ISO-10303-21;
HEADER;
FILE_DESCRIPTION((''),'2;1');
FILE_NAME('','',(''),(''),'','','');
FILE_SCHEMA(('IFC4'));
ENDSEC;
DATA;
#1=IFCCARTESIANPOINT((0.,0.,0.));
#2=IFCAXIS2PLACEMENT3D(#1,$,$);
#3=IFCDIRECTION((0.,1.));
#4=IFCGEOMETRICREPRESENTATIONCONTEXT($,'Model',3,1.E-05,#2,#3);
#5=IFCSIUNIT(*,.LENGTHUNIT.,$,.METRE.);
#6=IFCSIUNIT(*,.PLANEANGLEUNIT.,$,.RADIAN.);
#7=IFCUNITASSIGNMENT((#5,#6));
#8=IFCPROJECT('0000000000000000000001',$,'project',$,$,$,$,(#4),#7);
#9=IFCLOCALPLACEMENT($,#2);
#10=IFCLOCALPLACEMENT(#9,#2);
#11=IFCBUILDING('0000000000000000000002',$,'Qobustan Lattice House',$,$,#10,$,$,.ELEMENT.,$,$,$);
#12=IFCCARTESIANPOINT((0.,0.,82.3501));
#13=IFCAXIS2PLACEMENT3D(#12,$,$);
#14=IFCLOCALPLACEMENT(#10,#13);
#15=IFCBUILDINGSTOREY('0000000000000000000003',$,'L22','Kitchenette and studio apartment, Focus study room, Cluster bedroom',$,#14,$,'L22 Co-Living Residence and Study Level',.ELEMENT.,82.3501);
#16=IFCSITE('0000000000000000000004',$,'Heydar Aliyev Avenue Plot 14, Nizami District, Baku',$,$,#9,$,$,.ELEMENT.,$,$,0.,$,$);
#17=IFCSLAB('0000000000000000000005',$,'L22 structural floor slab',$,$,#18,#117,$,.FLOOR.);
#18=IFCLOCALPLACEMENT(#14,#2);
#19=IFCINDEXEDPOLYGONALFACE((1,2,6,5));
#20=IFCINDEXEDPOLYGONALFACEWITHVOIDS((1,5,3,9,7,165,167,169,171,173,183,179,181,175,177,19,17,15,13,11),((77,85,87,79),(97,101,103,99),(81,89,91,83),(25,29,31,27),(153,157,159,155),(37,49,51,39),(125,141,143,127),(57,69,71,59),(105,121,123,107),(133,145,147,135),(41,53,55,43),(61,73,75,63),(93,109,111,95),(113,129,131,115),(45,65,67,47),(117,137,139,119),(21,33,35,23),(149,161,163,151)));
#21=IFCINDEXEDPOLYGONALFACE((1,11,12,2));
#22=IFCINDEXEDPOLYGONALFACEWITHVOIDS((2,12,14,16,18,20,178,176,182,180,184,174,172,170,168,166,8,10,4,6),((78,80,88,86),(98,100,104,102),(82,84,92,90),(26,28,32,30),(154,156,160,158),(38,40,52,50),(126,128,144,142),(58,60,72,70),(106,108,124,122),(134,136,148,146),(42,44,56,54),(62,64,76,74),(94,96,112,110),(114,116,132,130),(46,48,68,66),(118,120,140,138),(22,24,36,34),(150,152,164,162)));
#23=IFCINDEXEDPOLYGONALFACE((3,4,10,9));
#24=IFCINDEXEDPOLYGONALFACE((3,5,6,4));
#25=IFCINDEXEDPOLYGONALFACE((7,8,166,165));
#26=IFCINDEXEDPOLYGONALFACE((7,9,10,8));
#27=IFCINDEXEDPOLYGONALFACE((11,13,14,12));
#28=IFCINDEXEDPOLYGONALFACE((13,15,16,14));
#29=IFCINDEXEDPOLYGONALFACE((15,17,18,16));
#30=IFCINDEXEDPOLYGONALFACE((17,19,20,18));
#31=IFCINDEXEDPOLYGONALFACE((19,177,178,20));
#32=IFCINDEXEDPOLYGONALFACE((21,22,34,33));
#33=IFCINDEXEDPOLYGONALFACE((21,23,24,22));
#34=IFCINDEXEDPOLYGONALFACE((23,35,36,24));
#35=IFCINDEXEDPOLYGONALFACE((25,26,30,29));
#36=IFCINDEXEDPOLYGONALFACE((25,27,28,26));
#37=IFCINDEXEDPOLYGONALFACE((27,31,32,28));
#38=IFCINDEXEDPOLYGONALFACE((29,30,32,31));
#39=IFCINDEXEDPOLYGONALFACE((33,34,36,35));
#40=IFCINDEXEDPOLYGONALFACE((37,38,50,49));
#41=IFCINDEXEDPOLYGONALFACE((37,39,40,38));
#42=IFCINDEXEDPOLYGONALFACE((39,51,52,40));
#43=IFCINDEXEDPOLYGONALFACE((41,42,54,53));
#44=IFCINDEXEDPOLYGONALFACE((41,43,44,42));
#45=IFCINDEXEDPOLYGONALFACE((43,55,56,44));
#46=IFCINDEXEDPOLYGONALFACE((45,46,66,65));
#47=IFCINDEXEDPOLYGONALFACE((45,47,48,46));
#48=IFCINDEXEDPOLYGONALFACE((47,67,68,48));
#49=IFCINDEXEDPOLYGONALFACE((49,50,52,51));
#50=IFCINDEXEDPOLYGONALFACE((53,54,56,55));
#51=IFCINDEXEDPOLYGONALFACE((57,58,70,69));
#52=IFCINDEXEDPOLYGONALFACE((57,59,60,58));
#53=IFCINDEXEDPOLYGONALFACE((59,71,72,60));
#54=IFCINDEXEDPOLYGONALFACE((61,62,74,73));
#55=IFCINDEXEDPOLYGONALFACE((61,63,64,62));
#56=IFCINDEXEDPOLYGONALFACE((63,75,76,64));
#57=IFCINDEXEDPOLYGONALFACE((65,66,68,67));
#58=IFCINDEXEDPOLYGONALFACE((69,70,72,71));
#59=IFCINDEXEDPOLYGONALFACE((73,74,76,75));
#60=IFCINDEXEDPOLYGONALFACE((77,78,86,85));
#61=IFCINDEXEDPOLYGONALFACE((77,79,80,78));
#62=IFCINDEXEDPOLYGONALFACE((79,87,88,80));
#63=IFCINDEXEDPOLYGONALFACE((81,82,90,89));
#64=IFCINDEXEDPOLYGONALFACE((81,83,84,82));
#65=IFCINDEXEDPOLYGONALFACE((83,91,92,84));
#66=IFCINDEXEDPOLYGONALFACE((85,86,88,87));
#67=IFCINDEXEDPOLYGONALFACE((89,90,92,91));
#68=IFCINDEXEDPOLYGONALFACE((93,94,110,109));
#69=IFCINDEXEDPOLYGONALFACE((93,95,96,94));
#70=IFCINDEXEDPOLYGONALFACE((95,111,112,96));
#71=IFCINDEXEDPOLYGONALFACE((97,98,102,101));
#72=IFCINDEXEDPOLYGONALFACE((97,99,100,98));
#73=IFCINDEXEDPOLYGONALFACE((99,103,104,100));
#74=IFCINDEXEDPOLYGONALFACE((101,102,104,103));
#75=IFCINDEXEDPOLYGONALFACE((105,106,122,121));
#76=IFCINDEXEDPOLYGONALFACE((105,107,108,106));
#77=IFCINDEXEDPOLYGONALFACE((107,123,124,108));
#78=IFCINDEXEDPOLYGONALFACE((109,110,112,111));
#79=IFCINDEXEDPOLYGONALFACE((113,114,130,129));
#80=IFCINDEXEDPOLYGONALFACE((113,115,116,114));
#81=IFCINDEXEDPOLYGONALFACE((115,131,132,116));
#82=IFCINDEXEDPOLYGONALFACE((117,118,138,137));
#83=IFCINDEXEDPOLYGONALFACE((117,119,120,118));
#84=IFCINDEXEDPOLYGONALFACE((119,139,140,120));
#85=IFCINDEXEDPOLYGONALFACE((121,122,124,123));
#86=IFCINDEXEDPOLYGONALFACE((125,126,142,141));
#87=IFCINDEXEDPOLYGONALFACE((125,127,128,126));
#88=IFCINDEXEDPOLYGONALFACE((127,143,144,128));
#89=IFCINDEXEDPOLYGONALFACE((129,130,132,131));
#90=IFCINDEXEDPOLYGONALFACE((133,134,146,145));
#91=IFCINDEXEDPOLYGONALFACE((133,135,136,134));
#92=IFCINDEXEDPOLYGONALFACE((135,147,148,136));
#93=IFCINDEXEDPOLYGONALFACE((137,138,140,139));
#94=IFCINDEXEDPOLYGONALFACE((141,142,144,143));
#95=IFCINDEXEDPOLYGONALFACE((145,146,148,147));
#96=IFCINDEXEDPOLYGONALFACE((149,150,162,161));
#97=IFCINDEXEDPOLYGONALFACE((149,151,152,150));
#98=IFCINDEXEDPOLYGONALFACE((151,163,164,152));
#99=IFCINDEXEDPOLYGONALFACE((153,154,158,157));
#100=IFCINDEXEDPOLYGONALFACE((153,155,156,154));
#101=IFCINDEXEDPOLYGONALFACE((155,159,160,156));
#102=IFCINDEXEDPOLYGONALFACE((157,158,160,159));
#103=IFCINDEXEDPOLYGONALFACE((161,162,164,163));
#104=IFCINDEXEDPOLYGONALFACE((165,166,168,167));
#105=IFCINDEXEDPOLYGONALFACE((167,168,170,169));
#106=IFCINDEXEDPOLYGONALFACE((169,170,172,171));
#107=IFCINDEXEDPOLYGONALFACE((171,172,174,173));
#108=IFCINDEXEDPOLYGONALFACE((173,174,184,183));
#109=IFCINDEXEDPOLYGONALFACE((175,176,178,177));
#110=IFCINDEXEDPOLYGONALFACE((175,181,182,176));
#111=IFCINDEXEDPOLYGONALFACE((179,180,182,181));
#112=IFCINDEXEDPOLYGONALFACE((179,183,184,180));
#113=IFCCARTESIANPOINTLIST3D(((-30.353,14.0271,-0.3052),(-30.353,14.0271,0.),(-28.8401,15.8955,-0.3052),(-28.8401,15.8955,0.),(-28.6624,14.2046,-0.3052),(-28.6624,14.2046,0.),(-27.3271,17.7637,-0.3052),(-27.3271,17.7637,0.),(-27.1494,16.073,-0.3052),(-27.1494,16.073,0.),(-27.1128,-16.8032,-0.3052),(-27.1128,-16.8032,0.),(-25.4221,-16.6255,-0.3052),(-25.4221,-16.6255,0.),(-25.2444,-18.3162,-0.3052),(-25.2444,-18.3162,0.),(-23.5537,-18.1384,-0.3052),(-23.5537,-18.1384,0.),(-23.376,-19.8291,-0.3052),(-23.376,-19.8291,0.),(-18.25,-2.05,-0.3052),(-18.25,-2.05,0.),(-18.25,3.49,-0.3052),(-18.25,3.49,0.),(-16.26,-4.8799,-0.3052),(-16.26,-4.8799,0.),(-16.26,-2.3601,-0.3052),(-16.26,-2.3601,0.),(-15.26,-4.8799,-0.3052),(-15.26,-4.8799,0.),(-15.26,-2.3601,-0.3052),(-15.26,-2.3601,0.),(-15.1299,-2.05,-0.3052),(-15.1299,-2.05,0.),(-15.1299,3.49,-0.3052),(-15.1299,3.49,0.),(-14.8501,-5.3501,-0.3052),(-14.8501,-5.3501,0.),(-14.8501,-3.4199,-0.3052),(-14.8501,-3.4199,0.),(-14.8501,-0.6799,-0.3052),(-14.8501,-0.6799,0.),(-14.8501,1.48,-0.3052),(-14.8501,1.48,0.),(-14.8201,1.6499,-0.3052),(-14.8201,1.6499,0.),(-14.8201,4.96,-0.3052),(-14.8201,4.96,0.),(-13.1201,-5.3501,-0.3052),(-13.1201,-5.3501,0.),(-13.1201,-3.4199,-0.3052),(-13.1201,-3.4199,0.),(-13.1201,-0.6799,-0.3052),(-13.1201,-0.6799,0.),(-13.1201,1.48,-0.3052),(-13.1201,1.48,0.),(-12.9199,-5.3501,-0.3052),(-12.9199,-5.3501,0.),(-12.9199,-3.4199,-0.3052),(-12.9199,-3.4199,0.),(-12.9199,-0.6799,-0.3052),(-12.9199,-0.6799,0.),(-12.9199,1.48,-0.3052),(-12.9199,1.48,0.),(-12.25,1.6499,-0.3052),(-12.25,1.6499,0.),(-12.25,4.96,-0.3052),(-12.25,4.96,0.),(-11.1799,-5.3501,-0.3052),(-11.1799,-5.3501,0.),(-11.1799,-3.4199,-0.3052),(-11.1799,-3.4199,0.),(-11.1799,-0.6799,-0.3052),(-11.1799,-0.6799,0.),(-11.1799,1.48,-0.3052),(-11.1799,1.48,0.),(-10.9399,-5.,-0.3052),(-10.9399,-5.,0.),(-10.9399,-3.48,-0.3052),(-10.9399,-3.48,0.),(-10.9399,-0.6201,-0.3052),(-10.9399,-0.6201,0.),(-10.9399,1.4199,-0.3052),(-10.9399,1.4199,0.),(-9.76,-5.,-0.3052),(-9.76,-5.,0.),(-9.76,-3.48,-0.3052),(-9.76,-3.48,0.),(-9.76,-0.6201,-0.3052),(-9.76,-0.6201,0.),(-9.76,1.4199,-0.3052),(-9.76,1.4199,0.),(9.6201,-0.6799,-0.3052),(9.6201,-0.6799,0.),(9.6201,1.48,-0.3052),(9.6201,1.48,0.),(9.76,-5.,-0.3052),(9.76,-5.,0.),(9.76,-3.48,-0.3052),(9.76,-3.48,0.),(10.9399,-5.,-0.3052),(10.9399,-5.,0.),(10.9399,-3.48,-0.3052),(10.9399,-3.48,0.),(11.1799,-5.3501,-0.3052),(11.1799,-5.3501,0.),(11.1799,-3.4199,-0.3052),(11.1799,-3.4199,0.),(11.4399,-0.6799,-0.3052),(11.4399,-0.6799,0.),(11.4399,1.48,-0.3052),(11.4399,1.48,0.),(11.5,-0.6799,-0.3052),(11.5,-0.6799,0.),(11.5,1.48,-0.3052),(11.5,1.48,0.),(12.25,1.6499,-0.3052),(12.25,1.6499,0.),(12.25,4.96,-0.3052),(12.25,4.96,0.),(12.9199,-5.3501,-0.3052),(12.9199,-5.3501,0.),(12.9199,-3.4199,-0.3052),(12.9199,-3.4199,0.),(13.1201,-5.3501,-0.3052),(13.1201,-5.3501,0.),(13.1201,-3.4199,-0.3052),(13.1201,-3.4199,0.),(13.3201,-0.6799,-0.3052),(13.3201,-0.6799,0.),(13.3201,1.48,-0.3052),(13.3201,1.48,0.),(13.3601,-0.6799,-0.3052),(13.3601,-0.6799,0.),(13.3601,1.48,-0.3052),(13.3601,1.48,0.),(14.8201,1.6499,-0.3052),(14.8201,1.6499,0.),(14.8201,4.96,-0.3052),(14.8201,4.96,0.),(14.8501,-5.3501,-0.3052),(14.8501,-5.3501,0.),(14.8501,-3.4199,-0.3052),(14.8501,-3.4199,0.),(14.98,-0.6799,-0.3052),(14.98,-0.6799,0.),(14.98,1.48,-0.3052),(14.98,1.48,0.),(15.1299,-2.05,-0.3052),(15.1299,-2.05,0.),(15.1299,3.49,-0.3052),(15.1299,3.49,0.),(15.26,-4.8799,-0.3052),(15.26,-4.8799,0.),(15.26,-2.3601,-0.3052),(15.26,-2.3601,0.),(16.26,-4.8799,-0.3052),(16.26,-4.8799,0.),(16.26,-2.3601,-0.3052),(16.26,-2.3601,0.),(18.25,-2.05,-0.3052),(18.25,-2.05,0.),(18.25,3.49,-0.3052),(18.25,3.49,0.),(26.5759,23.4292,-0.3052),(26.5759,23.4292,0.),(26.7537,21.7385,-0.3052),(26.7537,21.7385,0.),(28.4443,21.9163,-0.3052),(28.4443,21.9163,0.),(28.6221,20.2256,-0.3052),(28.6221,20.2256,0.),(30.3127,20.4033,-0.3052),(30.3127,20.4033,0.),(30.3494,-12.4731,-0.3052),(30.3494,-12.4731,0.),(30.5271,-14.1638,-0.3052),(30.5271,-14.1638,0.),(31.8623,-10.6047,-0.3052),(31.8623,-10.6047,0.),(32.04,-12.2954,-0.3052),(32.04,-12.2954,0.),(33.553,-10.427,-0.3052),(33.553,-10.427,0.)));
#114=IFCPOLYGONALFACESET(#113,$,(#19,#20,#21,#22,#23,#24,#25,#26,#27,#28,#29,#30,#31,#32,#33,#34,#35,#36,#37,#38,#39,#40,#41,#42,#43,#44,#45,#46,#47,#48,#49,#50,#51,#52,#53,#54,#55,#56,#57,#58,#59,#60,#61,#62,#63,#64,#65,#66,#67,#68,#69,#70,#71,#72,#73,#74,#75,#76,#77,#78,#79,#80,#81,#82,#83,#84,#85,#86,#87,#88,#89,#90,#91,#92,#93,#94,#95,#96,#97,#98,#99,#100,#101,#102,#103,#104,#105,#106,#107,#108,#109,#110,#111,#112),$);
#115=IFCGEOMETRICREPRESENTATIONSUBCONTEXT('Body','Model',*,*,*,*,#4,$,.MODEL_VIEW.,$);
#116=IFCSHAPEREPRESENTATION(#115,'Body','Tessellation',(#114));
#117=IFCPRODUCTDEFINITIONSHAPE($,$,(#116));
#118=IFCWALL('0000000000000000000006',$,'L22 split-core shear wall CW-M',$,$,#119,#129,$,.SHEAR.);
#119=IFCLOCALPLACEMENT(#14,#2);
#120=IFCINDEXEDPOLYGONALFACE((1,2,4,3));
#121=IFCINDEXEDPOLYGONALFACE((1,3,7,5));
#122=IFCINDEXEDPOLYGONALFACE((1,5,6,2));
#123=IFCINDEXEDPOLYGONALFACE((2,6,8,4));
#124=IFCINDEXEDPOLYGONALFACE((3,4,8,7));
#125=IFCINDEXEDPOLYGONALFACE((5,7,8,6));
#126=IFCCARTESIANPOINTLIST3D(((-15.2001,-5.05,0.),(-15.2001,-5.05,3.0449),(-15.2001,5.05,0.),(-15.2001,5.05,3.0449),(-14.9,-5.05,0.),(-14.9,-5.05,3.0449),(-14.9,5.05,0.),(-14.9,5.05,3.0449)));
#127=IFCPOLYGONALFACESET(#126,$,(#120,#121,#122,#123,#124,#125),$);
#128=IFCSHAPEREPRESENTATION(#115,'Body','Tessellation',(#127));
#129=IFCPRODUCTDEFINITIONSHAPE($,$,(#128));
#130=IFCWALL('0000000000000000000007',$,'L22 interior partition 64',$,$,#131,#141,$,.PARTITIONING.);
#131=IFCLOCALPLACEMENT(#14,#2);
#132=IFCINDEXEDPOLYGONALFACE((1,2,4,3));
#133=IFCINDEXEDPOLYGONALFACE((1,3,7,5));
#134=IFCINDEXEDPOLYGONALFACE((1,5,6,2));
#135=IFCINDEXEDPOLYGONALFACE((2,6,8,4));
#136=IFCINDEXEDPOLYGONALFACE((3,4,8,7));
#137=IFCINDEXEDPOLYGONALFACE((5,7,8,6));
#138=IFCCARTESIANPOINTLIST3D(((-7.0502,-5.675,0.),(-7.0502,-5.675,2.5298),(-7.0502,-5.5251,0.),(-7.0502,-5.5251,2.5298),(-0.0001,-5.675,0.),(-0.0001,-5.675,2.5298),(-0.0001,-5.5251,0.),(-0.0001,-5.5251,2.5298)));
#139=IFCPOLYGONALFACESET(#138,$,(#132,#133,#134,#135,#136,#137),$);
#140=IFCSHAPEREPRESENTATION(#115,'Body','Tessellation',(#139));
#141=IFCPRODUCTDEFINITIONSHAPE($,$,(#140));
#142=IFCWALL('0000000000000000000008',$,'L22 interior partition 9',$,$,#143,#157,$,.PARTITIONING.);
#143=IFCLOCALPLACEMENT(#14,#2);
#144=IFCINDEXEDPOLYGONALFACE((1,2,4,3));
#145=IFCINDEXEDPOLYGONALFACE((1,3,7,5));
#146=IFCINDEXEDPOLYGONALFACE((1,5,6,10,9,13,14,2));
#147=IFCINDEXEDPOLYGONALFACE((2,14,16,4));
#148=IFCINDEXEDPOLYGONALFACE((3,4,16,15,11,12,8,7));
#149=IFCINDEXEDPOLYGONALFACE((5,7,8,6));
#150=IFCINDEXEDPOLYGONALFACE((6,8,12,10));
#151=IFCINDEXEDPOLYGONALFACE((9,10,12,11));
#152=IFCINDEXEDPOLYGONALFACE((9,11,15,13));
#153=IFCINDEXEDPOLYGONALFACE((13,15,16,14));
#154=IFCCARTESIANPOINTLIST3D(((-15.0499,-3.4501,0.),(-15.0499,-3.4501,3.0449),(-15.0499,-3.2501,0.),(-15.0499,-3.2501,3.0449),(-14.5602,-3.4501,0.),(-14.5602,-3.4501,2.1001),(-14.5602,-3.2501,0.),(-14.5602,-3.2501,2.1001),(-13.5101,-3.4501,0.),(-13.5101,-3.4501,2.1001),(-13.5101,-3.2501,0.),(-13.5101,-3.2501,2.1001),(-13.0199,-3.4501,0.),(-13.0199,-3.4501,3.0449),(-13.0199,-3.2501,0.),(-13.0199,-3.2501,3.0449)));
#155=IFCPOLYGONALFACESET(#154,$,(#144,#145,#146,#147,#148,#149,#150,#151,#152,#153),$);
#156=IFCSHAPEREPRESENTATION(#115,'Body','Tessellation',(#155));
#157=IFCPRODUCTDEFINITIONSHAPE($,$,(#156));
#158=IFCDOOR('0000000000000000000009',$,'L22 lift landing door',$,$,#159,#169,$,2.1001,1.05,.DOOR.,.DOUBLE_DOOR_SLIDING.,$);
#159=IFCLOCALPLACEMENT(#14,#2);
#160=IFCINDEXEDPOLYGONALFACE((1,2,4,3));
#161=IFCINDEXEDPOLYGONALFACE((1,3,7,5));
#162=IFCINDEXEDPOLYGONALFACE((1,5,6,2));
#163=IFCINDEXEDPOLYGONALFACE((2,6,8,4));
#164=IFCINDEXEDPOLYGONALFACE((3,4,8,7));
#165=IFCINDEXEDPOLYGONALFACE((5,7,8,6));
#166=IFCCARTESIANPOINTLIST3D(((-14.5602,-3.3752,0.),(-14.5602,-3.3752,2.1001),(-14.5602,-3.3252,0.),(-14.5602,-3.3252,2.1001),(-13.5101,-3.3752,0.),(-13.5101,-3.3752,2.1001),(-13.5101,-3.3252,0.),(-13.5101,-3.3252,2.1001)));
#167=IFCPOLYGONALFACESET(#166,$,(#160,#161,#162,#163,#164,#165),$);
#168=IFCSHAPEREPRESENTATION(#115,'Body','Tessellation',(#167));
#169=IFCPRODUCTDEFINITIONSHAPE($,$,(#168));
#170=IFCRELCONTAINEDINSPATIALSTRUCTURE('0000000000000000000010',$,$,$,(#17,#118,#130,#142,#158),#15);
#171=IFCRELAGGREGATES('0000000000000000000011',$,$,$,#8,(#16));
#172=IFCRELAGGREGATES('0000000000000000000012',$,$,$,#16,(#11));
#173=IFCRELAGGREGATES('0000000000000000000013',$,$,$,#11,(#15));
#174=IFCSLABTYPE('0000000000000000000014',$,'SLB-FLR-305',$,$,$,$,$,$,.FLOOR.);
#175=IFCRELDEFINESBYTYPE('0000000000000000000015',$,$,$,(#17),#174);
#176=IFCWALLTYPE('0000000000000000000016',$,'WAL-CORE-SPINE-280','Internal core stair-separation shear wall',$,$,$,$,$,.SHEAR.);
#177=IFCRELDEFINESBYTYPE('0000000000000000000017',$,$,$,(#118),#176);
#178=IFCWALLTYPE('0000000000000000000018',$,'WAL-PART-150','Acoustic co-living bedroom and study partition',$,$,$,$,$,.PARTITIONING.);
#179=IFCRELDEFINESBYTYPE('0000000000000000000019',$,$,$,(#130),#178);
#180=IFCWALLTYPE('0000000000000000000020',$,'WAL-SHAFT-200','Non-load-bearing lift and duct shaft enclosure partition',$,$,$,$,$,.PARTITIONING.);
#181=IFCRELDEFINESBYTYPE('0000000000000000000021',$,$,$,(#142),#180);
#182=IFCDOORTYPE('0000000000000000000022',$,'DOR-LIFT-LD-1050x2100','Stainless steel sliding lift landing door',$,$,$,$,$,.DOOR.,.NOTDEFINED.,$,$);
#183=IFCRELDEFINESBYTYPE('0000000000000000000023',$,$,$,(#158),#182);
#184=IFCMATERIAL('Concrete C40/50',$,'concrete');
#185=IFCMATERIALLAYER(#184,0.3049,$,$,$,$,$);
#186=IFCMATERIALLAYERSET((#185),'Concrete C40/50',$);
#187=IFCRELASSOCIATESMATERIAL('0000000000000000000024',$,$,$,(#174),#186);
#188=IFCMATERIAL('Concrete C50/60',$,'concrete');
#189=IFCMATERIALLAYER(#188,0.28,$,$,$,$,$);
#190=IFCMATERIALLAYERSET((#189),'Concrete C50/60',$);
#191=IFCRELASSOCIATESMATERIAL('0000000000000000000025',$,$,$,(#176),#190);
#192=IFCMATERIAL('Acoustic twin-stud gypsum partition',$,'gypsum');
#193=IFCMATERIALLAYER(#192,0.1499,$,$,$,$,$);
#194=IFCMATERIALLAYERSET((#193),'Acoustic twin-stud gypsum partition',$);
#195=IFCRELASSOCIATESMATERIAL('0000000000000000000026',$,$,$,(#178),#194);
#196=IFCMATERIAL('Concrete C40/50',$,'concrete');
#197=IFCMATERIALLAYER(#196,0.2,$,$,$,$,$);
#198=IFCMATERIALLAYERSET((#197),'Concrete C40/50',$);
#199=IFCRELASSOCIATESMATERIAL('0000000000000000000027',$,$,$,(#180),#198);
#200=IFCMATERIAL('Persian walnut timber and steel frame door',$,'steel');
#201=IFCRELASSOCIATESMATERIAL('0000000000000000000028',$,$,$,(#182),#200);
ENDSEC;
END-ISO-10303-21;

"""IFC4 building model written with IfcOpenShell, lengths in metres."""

from ifc_helpers import new_model, si_unit, direction, frame, frame_2d, origin, place, context, subcontext, project, spatial, polyline, rectangle, outline, extrude, material, layer, layer_set, type_object, element, fill, save


model = new_model("IFC4")

# Units and contexts
model_context = context("Model", 3, precision=1e-05, world=origin(), true_north=direction((0.0, 1.0)))
body_context = subcontext(model_context, "Body", "Model", "MODEL_VIEW")
ifc_project = project(units=[si_unit("LENGTHUNIT", "METRE"), si_unit("PLANEANGLEUNIT", "RADIAN")], contexts=[model_context])

# Site, building, storey
site_placement = place(None, origin())
site = spatial("IfcSite", under=ifc_project, at=site_placement, Name="Heydar Aliyev Avenue Plot 14, Nizami District, Baku", CompositionType="ELEMENT", RefElevation=0.0)
building_placement = place(site_placement, origin())
building = spatial("IfcBuilding", under=site, at=building_placement, Name="Qobustan Lattice House", CompositionType="ELEMENT")
storey_placement = place(building_placement, frame((0.0, 0.0, 82.3501)))
storey = spatial("IfcBuildingStorey", under=building, at=storey_placement, Name="L22", Description="Kitchenette and studio apartment, Focus study room, Cluster bedroom", LongName="L22 Co-Living Residence and Study Level", CompositionType="ELEMENT", Elevation=82.3501)

# Slab
ifc_material_1 = material(Name="Concrete C40/50", Category="concrete")
ifc_layer_1 = layer(ifc_material_1, 0.3049)
ifc_layer_set_1 = layer_set([ifc_layer_1], Name="Concrete C40/50")
slab_type = type_object("IfcSlabType", Name="SLB-FLR-305", PredefinedType="FLOOR", material=ifc_layer_set_1)
slab_placement = place(storey_placement, frame((0.0, 0.0, -0.3052)))
element("IfcSlab", 1, at=slab_placement, inside=storey, type_object=slab_type, Name="L22 structural floor slab", PredefinedType="FLOOR", context=body_context, shape_type="SweptSolid", body=[
    extrude(outline(polyline([(-23.376, -19.8291), (30.5271, -14.1638), (30.3494, -12.4731), (32.04, -12.2954), (31.8623, -10.6047), (33.553, -10.427), (30.3127, 20.4033), (28.6221, 20.2256), (28.4443, 21.9163), (26.7537, 21.7385), (26.5759, 23.4292), (-27.3271, 17.7637), (-27.1494, 16.073), (-28.8401, 15.8955), (-28.6624, 14.2046), (-30.353, 14.0271), (-27.1128, -16.8032), (-25.4221, -16.6255), (-25.2444, -18.3162), (-23.5537, -18.1384), (-23.376, -19.8291)]), holes=[polyline([(-18.25, -2.05), (-18.25, 3.49), (-15.1299, 3.49), (-15.1299, -2.05), (-18.25, -2.05)]), polyline([(15.1299, -2.05), (15.1299, 3.49), (18.25, 3.49), (18.25, -2.05), (15.1299, -2.05)]), polyline([(-14.8201, 1.6499), (-14.8201, 4.96), (-12.25, 4.96), (-12.25, 1.6499), (-14.8201, 1.6499)]), polyline([(12.25, 1.6499), (12.25, 4.96), (14.8201, 4.96), (14.8201, 1.6499), (12.25, 1.6499)]), polyline([(-16.26, -4.8799), (-16.26, -2.3601), (-15.26, -2.3601), (-15.26, -4.8799), (-16.26, -4.8799)]), polyline([(15.26, -4.8799), (15.26, -2.3601), (16.26, -2.3601), (16.26, -4.8799), (15.26, -4.8799)]), polyline([(-14.8501, -5.3501), (-14.8501, -3.4199), (-13.1201, -3.4199), (-13.1201, -5.3501), (-14.8501, -5.3501)]), polyline([(-12.9199, -5.3501), (-12.9199, -3.4199), (-11.1799, -3.4199), (-11.1799, -5.3501), (-12.9199, -5.3501)]), polyline([(-14.8501, -0.6799), (-14.8501, 1.48), (-13.1201, 1.48), (-13.1201, -0.6799), (-14.8501, -0.6799)]), polyline([(-12.9199, -0.6799), (-12.9199, 1.48), (-11.1799, 1.48), (-11.1799, -0.6799), (-12.9199, -0.6799)]), polyline([(-10.9399, -5.0), (-10.9399, -3.48), (-9.76, -3.48), (-9.76, -5.0), (-10.9399, -5.0)]), polyline([(-10.9399, -0.6201), (-10.9399, 1.4199), (-9.76, 1.4199), (-9.76, -0.6201), (-10.9399, -0.6201)]), polyline([(11.1799, -5.3501), (11.1799, -3.4199), (12.9199, -3.4199), (12.9199, -5.3501), (11.1799, -5.3501)]), polyline([(13.1201, -5.3501), (13.1201, -3.4199), (14.8501, -3.4199), (14.8501, -5.3501), (13.1201, -5.3501)]), polyline([(9.76, -5.0), (9.76, -3.48), (10.9399, -3.48), (10.9399, -5.0), (9.76, -5.0)]), polyline([(13.3601, -0.6799), (13.3601, 1.48), (14.98, 1.48), (14.98, -0.6799), (13.3601, -0.6799)]), polyline([(9.6201, -0.6799), (9.6201, 1.48), (11.4399, 1.48), (11.4399, -0.6799), (9.6201, -0.6799)]), polyline([(11.5, -0.6799), (11.5, 1.48), (13.3201, 1.48), (13.3201, -0.6799), (11.5, -0.6799)])]), origin(), (0.0, 0.0, 1.0), 0.3052),
])

# Walls
ifc_material_2 = material(Name="Concrete C50/60", Category="concrete")
ifc_layer_2 = layer(ifc_material_2, 0.28)
ifc_layer_set_2 = layer_set([ifc_layer_2], Name="Concrete C50/60")
wall_type_1 = type_object("IfcWallType", Name="WAL-CORE-SPINE-280", Description="Internal core stair-separation shear wall", PredefinedType="SHEAR", material=ifc_layer_set_2)
wall_1_placement = place(storey_placement, frame((-15.05, -5.05, 0.0), z_axis=(0.0, 0.0, 1.0), x_axis=(0.0, 1.0, 0.0)))
element("IfcWall", 2, at=wall_1_placement, inside=storey, type_object=wall_type_1, Name="L22 split-core shear wall CW-M", PredefinedType="SHEAR", context=body_context, shape_type="SweptSolid", body=[
    extrude(rectangle(XDim=10.1001, YDim=0.3, at=frame_2d((5.05, 0.0))), origin(), (0.0, 0.0, 1.0), 3.0449),
])
ifc_material_3 = material(Name="Acoustic twin-stud gypsum partition", Category="gypsum")
ifc_layer_3 = layer(ifc_material_3, 0.1499)
ifc_layer_set_3 = layer_set([ifc_layer_3], Name="Acoustic twin-stud gypsum partition")
wall_type_2 = type_object("IfcWallType", Name="WAL-PART-150", Description="Acoustic co-living bedroom and study partition", PredefinedType="PARTITIONING", material=ifc_layer_set_3)
wall_2_placement = place(storey_placement, frame((-7.05, -5.6001, 0.0), z_axis=(0.0, 0.0, 1.0), x_axis=(1.0, 0.0, 0.0)))
element("IfcWall", 3, at=wall_2_placement, inside=storey, type_object=wall_type_2, Name="L22 interior partition 64", PredefinedType="PARTITIONING", context=body_context, shape_type="SweptSolid", body=[
    extrude(rectangle(XDim=7.05, YDim=0.1499, at=frame_2d((3.5249, 0.0))), origin(), (0.0, 0.0, 1.0), 2.5298),
])

# Wall, opening, door
ifc_material_4 = material(Name="Concrete C40/50", Category="concrete")
ifc_layer_4 = layer(ifc_material_4, 0.2)
ifc_layer_set_4 = layer_set([ifc_layer_4], Name="Concrete C40/50")
wall_type_3 = type_object("IfcWallType", Name="WAL-SHAFT-200", Description="Non-load-bearing lift and duct shaft enclosure partition", PredefinedType="PARTITIONING", material=ifc_layer_set_4)
wall_3_placement = place(storey_placement, frame((-15.05, -3.3501, 0.0), z_axis=(0.0, 0.0, 1.0), x_axis=(1.0, 0.0, 0.0)))
wall_3 = element("IfcWall", 4, at=wall_3_placement, inside=storey, type_object=wall_type_3, Name="L22 interior partition 9", PredefinedType="PARTITIONING", context=body_context, shape_type="SweptSolid", body=[
    extrude(rectangle(XDim=2.03, YDim=0.2, at=frame_2d((1.0151, 0.0))), origin(), (0.0, 0.0, 1.0), 3.0449),
])
opening_1_placement = place(wall_3_placement, frame((0.49, 0.0, 0.0)))
opening_1 = element("IfcOpeningElement", 5, at=opening_1_placement, cuts=wall_3, PredefinedType="OPENING", context=body_context, shape_type="SweptSolid", body=[
    extrude(rectangle(XDim=1.05, YDim=2.1001, at=frame_2d((0.5249, 1.05))), frame((0.0, 0.1099, 0.0), z_axis=(0.0, -1.0, 0.0), x_axis=(1.0, 0.0, 0.0)), (0.0, 0.0, 1.0), 0.22),
])
ifc_material_5 = material(Name="Persian walnut timber and steel frame door", Category="steel")
door_type_1 = type_object("IfcDoorType", Name="DOR-LIFT-LD-1050x2100", Description="Stainless steel sliding lift landing door", OperationType="NOTDEFINED", PredefinedType="DOOR", material=ifc_material_5)
door_1_placement = place(opening_1_placement, origin())
door_1 = element("IfcDoor", 6, at=door_1_placement, inside=storey, type_object=door_type_1, Name="L22 lift landing door", OperationType="DOUBLE_DOOR_SLIDING", OverallHeight=2.1001, OverallWidth=1.05, PredefinedType="DOOR", context=body_context, shape_type="SweptSolid", body=[
    extrude(rectangle(XDim=1.05, YDim=2.1001, at=frame_2d((0.5249, 1.05))), frame((0.0, 0.0249, 0.0), z_axis=(0.0, -1.0, 0.0), x_axis=(1.0, 0.0, 0.0)), (0.0, 0.0, 1.0), 0.05),
])
fill(opening_1, door_1)

save(model, "model.ifc")
